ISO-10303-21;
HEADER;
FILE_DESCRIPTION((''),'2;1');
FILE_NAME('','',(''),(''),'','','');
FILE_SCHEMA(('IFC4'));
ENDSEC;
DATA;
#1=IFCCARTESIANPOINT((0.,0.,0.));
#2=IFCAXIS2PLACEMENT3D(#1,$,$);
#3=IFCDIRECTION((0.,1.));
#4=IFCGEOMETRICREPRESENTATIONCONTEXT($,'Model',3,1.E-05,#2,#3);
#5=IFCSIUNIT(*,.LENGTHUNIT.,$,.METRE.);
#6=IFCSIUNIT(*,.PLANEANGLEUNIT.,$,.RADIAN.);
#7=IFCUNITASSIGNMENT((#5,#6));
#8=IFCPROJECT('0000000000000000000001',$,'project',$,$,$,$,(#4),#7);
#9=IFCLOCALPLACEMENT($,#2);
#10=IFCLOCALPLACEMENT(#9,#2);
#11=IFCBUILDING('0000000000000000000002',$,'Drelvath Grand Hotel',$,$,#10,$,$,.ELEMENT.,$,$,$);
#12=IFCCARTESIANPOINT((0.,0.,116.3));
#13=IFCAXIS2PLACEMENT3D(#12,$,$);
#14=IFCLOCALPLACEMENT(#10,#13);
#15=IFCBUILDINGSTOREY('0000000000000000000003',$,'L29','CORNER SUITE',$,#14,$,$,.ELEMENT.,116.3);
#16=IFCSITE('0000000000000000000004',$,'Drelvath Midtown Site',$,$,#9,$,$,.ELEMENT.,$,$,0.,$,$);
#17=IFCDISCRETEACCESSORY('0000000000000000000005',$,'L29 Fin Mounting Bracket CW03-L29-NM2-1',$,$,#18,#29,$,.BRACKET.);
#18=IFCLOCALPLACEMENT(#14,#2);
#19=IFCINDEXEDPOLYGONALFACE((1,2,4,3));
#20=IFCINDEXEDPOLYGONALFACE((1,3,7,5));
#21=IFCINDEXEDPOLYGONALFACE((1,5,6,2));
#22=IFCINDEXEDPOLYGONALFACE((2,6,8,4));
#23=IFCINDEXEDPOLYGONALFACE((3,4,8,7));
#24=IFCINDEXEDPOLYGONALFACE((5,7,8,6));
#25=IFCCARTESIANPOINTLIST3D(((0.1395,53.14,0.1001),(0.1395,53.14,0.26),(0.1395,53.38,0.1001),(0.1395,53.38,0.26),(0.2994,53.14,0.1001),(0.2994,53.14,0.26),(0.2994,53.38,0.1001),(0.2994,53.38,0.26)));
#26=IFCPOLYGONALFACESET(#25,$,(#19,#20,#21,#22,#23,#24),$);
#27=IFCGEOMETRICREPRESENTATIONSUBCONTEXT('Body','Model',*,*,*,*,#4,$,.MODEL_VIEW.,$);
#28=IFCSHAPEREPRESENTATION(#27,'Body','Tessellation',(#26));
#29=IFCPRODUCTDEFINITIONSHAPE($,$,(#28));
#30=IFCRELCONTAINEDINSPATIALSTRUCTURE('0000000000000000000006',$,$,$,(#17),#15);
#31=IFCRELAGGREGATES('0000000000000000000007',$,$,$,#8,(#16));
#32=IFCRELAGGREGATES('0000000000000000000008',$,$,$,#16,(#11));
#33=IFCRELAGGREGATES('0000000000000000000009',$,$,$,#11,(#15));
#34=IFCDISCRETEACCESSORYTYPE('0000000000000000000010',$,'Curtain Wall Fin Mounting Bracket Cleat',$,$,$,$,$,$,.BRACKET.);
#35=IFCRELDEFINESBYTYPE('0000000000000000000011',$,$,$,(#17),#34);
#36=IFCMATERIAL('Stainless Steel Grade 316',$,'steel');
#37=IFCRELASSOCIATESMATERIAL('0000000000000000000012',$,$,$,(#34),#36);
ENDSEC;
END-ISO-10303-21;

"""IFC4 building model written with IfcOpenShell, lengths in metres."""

from ifc_helpers import new_model, si_unit, direction, frame, origin, origin_2d, place, context, subcontext, project, spatial, rectangle, extrude, material, type_object, element, save


model = new_model("IFC4")

# Units and contexts
model_context = context("Model", 3, precision=1e-05, world=origin(), true_north=direction((0.0, 1.0)))
body_context = subcontext(model_context, "Body", "Model", "MODEL_VIEW")
ifc_project = project(units=[si_unit("LENGTHUNIT", "METRE"), si_unit("PLANEANGLEUNIT", "RADIAN")], contexts=[model_context])

# Site, building, storey
site_placement = place(None, origin())
site = spatial("IfcSite", under=ifc_project, at=site_placement, Name="Drelvath Midtown Site", CompositionType="ELEMENT", RefElevation=0.0)
building_placement = place(site_placement, origin())
building = spatial("IfcBuilding", under=site, at=building_placement, Name="Drelvath Grand Hotel", CompositionType="ELEMENT")
storey_placement = place(building_placement, frame((0.0, 0.0, 116.3)))
storey = spatial("IfcBuildingStorey", under=building, at=storey_placement, Name="L29", Description="CORNER SUITE", CompositionType="ELEMENT", Elevation=116.3)

# Discrete accessory
ifc_material_1 = material(Name="Stainless Steel Grade 316", Category="steel")
discrete_accessory_type = type_object("IfcDiscreteAccessoryType", Name="Curtain Wall Fin Mounting Bracket Cleat", PredefinedType="BRACKET", material=ifc_material_1)
discrete_accessory_placement = place(storey_placement, frame((0.2195, 53.26, 0.1001), z_axis=(0.0, 0.0, 1.0), x_axis=(1.0, 0.0, 0.0)))
element("IfcDiscreteAccessory", 1, at=discrete_accessory_placement, inside=storey, type_object=discrete_accessory_type, Name="L29 Fin Mounting Bracket CW03-L29-NM2-1", PredefinedType="BRACKET", context=body_context, shape_type="SweptSolid", body=[
    extrude(rectangle(XDim=0.1599, YDim=0.24, at=origin_2d()), origin(), (0.0, 0.0, 1.0), 0.1599),
])

save(model, "model.ifc")
